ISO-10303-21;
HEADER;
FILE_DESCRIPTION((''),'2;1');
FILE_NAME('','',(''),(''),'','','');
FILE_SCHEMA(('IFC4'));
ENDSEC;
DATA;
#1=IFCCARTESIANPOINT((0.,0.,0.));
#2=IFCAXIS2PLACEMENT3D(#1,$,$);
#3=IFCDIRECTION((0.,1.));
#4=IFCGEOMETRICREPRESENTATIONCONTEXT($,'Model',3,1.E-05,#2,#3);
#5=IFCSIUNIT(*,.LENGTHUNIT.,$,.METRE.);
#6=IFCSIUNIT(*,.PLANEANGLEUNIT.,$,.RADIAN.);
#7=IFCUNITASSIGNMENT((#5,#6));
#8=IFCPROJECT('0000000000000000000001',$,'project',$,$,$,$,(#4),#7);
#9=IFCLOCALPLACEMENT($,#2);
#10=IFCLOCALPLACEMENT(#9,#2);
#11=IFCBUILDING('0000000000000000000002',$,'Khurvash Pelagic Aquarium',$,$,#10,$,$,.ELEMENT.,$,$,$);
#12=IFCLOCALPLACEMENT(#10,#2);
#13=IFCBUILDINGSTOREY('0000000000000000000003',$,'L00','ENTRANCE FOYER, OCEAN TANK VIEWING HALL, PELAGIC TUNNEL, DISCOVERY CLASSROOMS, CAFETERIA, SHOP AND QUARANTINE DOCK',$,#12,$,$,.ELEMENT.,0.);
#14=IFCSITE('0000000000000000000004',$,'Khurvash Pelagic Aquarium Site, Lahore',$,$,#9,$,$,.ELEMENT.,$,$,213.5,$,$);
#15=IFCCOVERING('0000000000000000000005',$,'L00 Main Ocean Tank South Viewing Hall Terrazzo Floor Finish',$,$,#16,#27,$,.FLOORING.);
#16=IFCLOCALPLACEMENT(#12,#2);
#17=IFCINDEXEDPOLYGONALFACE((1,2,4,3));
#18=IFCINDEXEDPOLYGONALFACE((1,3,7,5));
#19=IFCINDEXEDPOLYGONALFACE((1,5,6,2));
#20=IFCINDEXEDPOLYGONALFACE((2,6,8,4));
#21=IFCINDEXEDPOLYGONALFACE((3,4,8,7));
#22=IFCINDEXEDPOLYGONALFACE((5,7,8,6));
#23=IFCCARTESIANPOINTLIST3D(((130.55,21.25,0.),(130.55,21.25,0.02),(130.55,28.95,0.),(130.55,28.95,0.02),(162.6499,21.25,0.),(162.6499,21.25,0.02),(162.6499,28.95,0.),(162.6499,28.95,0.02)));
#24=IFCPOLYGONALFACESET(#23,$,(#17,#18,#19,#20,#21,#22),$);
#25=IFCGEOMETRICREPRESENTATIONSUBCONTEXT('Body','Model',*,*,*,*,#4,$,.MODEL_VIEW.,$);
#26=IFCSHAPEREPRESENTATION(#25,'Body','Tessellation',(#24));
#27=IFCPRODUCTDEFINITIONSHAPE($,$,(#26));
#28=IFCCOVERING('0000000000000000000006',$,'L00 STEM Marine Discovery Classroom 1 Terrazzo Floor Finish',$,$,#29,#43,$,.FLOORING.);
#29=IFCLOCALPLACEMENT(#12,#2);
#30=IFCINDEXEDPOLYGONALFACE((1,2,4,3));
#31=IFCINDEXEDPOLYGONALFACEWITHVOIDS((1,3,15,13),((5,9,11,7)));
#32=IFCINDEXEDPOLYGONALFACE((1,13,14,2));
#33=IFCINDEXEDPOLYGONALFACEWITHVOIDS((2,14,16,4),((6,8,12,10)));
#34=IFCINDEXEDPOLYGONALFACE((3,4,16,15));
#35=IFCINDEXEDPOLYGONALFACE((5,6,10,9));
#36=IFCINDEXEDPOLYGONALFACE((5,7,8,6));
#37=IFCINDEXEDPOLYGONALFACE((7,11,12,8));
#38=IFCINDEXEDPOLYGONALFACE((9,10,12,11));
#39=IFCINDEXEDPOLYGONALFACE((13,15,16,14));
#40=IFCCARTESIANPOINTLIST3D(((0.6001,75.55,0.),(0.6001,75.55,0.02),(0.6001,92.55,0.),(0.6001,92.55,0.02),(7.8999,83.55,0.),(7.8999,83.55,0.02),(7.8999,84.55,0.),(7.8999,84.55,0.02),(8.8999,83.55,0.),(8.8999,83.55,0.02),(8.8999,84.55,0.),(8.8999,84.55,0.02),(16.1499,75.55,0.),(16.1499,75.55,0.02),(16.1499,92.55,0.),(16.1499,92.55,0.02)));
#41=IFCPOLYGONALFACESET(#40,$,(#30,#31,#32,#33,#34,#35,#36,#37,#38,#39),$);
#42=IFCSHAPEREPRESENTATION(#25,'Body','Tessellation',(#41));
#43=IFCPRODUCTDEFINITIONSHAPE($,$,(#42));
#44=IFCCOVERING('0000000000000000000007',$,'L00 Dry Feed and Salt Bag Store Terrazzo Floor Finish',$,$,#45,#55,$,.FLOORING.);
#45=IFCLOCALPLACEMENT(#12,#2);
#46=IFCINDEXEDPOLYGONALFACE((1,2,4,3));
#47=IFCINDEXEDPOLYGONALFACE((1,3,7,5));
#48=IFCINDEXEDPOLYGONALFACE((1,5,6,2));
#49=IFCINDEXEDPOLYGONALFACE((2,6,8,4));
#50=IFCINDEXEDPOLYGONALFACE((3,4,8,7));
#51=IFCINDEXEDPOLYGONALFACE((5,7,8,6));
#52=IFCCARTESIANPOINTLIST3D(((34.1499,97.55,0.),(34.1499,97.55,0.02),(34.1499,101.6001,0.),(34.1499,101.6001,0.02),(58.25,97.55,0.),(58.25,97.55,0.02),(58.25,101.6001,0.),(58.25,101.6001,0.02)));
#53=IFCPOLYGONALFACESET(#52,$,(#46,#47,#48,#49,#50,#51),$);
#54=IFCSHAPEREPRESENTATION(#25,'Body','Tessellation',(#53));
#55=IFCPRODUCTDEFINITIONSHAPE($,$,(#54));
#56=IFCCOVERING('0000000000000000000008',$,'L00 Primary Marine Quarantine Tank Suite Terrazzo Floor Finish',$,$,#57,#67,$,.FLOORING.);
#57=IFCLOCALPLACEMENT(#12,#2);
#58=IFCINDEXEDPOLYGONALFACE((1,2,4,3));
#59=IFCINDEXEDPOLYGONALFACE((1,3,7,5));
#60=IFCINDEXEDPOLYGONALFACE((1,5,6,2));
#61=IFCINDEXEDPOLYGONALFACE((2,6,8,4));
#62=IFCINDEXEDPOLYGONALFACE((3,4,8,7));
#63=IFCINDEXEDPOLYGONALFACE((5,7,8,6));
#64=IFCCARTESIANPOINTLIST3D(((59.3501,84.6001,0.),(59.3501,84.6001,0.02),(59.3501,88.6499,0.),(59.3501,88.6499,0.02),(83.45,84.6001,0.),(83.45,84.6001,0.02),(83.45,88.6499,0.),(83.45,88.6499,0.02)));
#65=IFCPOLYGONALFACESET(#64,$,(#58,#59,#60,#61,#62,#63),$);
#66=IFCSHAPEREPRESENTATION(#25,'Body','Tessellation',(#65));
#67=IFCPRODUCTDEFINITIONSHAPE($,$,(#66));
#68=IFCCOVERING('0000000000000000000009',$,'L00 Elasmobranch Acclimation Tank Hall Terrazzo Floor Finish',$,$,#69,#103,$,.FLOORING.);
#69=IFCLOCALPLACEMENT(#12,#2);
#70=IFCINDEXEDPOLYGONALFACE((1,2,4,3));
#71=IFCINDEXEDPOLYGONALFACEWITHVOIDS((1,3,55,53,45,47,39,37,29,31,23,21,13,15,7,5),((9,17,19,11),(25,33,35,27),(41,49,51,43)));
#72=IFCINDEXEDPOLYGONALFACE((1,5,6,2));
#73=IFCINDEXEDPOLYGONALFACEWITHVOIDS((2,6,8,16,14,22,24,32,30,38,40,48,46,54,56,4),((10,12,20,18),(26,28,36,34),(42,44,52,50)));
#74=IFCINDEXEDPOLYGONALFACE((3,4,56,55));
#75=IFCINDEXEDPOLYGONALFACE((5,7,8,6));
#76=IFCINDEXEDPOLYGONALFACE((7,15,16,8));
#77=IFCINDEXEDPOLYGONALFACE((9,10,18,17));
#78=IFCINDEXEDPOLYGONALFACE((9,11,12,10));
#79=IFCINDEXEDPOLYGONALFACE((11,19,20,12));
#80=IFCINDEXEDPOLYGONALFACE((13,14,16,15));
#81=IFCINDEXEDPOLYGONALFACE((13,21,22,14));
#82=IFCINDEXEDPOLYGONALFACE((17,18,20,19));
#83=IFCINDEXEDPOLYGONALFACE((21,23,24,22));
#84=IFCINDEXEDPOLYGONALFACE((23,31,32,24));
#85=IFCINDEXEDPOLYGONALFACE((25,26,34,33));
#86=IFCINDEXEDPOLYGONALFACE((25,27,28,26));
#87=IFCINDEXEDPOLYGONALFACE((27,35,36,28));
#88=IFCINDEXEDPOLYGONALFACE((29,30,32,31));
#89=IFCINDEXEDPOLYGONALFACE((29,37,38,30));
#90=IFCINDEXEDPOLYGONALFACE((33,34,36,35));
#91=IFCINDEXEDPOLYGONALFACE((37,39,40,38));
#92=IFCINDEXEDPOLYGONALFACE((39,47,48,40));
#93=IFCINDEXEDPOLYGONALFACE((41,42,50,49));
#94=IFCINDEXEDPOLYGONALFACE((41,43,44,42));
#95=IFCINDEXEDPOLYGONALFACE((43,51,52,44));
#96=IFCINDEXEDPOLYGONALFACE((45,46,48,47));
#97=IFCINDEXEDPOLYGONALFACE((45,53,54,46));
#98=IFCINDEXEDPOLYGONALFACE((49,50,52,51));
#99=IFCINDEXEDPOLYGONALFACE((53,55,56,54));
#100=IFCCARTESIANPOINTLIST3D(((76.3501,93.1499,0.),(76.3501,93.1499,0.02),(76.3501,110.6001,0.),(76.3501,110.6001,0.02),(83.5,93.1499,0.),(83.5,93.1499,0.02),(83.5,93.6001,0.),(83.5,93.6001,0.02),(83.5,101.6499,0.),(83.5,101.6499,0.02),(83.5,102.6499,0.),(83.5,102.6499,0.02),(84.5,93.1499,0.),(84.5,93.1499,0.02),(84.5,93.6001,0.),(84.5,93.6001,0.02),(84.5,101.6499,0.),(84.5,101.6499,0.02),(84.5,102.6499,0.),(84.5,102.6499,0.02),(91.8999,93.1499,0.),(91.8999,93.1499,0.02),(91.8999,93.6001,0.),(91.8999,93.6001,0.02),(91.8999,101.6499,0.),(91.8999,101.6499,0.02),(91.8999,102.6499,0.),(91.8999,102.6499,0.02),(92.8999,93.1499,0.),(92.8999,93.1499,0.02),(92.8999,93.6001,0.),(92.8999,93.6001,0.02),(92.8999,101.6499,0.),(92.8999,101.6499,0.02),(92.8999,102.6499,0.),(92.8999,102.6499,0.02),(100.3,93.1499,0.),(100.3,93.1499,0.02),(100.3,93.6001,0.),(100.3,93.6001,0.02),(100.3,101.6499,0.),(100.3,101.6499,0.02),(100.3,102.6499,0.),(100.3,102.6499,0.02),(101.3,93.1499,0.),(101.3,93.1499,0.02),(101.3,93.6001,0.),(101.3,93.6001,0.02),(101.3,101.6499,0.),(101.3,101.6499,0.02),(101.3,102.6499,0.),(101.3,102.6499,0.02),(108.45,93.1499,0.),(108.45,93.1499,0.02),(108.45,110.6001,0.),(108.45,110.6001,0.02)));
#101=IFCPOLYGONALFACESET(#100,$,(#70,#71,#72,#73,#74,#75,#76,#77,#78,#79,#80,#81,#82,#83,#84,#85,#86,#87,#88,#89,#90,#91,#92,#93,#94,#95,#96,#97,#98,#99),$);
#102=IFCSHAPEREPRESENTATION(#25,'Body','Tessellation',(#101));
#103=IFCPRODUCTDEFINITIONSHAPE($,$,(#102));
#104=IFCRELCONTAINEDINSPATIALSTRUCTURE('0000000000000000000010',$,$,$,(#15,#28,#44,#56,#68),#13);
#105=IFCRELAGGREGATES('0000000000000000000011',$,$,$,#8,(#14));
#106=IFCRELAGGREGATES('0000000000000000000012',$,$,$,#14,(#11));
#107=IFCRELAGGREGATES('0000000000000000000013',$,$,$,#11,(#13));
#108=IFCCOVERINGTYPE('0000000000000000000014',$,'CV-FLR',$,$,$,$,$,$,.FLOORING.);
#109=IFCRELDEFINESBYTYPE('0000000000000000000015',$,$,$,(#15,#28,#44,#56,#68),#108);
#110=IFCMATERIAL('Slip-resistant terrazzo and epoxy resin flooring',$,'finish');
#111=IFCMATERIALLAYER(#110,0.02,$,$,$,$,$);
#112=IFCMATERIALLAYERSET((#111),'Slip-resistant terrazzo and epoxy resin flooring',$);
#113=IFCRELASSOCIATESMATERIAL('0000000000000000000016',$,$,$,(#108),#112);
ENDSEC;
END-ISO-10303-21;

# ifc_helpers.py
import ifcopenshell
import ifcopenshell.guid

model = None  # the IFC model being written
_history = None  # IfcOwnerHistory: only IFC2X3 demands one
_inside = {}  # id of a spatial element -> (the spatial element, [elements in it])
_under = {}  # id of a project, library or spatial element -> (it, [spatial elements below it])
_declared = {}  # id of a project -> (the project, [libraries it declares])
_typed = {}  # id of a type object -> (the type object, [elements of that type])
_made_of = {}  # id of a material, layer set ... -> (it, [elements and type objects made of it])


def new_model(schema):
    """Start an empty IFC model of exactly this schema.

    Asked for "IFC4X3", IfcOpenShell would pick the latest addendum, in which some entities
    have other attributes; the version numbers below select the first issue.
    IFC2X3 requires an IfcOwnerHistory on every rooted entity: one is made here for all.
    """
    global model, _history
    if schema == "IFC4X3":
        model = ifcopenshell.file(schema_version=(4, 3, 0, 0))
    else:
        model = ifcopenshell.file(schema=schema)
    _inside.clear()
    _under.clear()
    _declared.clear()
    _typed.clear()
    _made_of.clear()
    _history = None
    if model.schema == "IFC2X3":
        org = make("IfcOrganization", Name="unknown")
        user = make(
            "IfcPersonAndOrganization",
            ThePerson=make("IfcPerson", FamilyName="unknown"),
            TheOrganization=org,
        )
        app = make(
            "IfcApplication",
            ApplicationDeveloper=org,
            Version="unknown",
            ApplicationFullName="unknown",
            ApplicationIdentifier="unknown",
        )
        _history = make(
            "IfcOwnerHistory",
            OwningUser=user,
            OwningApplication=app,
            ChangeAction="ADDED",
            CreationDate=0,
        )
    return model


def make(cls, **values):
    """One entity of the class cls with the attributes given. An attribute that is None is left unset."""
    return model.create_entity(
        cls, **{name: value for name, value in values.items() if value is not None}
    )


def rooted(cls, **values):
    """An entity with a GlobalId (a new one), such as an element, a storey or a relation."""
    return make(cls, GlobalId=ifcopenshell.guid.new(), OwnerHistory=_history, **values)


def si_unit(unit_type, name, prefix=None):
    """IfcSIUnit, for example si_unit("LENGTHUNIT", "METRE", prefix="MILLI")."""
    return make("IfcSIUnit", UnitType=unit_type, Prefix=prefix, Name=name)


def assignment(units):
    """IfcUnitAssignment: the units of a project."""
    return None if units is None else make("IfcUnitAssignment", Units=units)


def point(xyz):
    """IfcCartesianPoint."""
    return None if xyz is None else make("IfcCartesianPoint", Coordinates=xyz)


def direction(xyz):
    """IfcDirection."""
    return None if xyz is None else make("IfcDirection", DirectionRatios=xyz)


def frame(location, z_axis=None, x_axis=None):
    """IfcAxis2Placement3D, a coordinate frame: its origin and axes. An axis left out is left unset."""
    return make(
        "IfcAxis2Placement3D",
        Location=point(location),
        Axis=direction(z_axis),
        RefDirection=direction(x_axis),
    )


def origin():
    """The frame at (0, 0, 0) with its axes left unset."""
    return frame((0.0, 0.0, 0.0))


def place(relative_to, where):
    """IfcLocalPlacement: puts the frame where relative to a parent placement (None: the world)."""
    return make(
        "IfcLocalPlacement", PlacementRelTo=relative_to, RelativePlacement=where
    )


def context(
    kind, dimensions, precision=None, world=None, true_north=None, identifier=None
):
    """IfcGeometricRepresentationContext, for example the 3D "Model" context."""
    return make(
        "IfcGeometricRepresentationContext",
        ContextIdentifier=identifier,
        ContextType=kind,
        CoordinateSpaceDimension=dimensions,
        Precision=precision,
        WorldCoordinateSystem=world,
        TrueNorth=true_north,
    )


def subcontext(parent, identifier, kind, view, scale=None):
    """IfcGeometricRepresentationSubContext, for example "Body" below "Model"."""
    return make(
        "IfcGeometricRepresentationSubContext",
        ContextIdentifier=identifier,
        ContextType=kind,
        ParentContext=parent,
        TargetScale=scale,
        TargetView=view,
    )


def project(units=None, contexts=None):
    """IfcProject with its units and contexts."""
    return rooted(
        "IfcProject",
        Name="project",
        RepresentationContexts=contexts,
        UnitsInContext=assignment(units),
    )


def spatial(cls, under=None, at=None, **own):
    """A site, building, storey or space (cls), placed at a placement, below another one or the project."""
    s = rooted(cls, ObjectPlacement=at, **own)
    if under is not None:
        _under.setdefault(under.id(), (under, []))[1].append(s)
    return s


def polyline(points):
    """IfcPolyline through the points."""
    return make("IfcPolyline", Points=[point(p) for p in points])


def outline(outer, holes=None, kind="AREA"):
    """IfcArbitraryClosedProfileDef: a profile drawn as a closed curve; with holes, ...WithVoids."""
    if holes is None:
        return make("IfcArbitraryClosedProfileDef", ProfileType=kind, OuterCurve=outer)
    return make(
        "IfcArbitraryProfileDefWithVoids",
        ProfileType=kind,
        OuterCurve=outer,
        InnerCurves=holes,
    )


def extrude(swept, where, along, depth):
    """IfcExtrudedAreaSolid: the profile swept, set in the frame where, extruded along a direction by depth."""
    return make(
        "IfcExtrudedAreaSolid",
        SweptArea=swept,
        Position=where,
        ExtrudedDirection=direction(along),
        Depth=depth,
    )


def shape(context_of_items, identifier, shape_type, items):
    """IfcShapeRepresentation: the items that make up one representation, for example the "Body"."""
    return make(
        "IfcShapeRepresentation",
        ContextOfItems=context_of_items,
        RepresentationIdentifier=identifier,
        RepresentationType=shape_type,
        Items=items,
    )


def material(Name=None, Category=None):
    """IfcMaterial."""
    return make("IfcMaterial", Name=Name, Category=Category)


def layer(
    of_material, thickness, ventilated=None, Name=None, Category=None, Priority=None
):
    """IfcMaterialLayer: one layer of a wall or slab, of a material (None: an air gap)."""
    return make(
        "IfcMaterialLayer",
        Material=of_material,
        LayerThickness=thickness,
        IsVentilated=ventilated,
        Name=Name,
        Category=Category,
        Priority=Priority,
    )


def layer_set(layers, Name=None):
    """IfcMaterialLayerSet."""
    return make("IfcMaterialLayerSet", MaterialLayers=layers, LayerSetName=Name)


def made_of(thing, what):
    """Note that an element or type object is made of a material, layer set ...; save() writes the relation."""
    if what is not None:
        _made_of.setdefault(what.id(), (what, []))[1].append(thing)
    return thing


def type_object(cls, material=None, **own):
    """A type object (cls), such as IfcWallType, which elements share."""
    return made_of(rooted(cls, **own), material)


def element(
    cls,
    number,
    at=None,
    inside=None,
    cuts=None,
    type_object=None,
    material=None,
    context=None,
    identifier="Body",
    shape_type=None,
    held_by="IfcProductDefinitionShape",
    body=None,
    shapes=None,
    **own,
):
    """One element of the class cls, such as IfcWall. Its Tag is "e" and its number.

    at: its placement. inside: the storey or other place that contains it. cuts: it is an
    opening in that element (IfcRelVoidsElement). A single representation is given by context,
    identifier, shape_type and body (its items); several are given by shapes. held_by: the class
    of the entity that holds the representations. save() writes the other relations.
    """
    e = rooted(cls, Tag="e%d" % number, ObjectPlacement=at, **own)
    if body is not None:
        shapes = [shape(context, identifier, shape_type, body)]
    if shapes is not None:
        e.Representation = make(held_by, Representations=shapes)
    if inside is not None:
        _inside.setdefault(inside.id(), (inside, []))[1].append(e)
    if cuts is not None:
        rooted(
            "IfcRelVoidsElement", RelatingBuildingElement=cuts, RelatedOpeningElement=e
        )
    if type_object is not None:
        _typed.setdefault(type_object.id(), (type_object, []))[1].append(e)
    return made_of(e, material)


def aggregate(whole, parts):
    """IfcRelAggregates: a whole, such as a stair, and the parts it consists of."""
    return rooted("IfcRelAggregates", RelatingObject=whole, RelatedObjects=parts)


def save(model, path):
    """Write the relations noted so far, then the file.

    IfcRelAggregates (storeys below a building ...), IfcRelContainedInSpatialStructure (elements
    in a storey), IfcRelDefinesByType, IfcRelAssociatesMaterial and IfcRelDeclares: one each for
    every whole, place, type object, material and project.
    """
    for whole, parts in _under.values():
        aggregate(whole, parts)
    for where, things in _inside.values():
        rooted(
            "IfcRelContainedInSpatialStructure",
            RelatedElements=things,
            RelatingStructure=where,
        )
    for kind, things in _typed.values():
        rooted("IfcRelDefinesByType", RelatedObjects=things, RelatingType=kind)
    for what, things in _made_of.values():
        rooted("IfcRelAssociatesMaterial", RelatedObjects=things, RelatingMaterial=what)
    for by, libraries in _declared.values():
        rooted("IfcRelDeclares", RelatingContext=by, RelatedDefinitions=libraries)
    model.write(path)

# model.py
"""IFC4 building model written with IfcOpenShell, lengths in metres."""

from ifc_helpers import new_model, si_unit, direction, origin, place, context, subcontext, project, spatial, polyline, outline, extrude, material, layer, layer_set, type_object, element, save


model = new_model("IFC4")

# Units and contexts
model_context = context("Model", 3, precision=1e-05, world=origin(), true_north=direction((0.0, 1.0)))
body_context = subcontext(model_context, "Body", "Model", "MODEL_VIEW")
ifc_project = project(units=[si_unit("LENGTHUNIT", "METRE"), si_unit("PLANEANGLEUNIT", "RADIAN")], contexts=[model_context])

# Site, building, storey
site_placement = place(None, origin())
site = spatial("IfcSite", under=ifc_project, at=site_placement, Name="Khurvash Pelagic Aquarium Site, Lahore", CompositionType="ELEMENT", RefElevation=213.5)
building_placement = place(site_placement, origin())
building = spatial("IfcBuilding", under=site, at=building_placement, Name="Khurvash Pelagic Aquarium", CompositionType="ELEMENT")
storey_placement = place(building_placement, origin())
storey = spatial("IfcBuildingStorey", under=building, at=storey_placement, Name="L00", Description="ENTRANCE FOYER, OCEAN TANK VIEWING HALL, PELAGIC TUNNEL, DISCOVERY CLASSROOMS, CAFETERIA, SHOP AND QUARANTINE DOCK", CompositionType="ELEMENT", Elevation=0.0)

# Coverings
ifc_material_1 = material(Name="Slip-resistant terrazzo and epoxy resin flooring", Category="finish")
ifc_layer_1 = layer(ifc_material_1, 0.02)
ifc_layer_set_1 = layer_set([ifc_layer_1], Name="Slip-resistant terrazzo and epoxy resin flooring")
covering_type_1 = type_object("IfcCoveringType", Name="CV-FLR", PredefinedType="FLOORING", material=ifc_layer_set_1)
covering_1_placement = place(storey_placement, origin())
element("IfcCovering", 1, at=covering_1_placement, inside=storey, type_object=covering_type_1, Name="L00 Main Ocean Tank South Viewing Hall Terrazzo Floor Finish", PredefinedType="FLOORING", context=body_context, shape_type="SweptSolid", body=[
    extrude(outline(polyline([(162.6499, 21.25), (162.6499, 28.95), (130.55, 28.95), (130.55, 21.25), (162.6499, 21.25)])), origin(), (0.0, 0.0, 1.0), 0.02),
])
covering_2_placement = place(storey_placement, origin())
element("IfcCovering", 2, at=covering_2_placement, inside=storey, type_object=covering_type_1, Name="L00 STEM Marine Discovery Classroom 1 Terrazzo Floor Finish", PredefinedType="FLOORING", context=body_context, shape_type="SweptSolid", body=[
    extrude(outline(polyline([(0.6001, 75.55), (16.1499, 75.55), (16.1499, 92.55), (0.6001, 92.55), (0.6001, 75.55)]), holes=[polyline([(8.8999, 83.55), (7.8999, 83.55), (7.8999, 84.55), (8.8999, 84.55), (8.8999, 83.55)])]), origin(), (0.0, 0.0, 1.0), 0.02),
])
covering_3_placement = place(storey_placement, origin())
element("IfcCovering", 3, at=covering_3_placement, inside=storey, type_object=covering_type_1, Name="L00 Dry Feed and Salt Bag Store Terrazzo Floor Finish", PredefinedType="FLOORING", context=body_context, shape_type="SweptSolid", body=[
    extrude(outline(polyline([(58.25, 97.55), (58.25, 101.6001), (34.1499, 101.6001), (34.1499, 97.55), (58.25, 97.55)])), origin(), (0.0, 0.0, 1.0), 0.02),
])
covering_4_placement = place(storey_placement, origin())
element("IfcCovering", 4, at=covering_4_placement, inside=storey, type_object=covering_type_1, Name="L00 Primary Marine Quarantine Tank Suite Terrazzo Floor Finish", PredefinedType="FLOORING", context=body_context, shape_type="SweptSolid", body=[
    extrude(outline(polyline([(83.45, 84.6001), (83.45, 88.6499), (59.3501, 88.6499), (59.3501, 84.6001), (83.45, 84.6001)])), origin(), (0.0, 0.0, 1.0), 0.02),
])
covering_5_placement = place(storey_placement, origin())
element("IfcCovering", 5, at=covering_5_placement, inside=storey, type_object=covering_type_1, Name="L00 Elasmobranch Acclimation Tank Hall Terrazzo Floor Finish", PredefinedType="FLOORING", context=body_context, shape_type="SweptSolid", body=[
    extrude(outline(polyline([(92.8999, 93.6001), (92.8999, 93.1499), (100.3, 93.1499), (100.3, 93.6001), (101.3, 93.6001), (101.3, 93.1499), (108.45, 93.1499), (108.45, 110.6001), (76.3501, 110.6001), (76.3501, 93.1499), (83.5, 93.1499), (83.5, 93.6001), (84.5, 93.6001), (84.5, 93.1499), (91.8999, 93.1499), (91.8999, 93.6001), (92.8999, 93.6001)]), holes=[polyline([(84.5, 101.6499), (83.5, 101.6499), (83.5, 102.6499), (84.5, 102.6499), (84.5, 101.6499)]), polyline([(91.8999, 102.6499), (92.8999, 102.6499), (92.8999, 101.6499), (91.8999, 101.6499), (91.8999, 102.6499)]), polyline([(101.3, 101.6499), (100.3, 101.6499), (100.3, 102.6499), (101.3, 102.6499), (101.3, 101.6499)])]), origin(), (0.0, 0.0, 1.0), 0.02),
])

save(model, "model.ifc")
